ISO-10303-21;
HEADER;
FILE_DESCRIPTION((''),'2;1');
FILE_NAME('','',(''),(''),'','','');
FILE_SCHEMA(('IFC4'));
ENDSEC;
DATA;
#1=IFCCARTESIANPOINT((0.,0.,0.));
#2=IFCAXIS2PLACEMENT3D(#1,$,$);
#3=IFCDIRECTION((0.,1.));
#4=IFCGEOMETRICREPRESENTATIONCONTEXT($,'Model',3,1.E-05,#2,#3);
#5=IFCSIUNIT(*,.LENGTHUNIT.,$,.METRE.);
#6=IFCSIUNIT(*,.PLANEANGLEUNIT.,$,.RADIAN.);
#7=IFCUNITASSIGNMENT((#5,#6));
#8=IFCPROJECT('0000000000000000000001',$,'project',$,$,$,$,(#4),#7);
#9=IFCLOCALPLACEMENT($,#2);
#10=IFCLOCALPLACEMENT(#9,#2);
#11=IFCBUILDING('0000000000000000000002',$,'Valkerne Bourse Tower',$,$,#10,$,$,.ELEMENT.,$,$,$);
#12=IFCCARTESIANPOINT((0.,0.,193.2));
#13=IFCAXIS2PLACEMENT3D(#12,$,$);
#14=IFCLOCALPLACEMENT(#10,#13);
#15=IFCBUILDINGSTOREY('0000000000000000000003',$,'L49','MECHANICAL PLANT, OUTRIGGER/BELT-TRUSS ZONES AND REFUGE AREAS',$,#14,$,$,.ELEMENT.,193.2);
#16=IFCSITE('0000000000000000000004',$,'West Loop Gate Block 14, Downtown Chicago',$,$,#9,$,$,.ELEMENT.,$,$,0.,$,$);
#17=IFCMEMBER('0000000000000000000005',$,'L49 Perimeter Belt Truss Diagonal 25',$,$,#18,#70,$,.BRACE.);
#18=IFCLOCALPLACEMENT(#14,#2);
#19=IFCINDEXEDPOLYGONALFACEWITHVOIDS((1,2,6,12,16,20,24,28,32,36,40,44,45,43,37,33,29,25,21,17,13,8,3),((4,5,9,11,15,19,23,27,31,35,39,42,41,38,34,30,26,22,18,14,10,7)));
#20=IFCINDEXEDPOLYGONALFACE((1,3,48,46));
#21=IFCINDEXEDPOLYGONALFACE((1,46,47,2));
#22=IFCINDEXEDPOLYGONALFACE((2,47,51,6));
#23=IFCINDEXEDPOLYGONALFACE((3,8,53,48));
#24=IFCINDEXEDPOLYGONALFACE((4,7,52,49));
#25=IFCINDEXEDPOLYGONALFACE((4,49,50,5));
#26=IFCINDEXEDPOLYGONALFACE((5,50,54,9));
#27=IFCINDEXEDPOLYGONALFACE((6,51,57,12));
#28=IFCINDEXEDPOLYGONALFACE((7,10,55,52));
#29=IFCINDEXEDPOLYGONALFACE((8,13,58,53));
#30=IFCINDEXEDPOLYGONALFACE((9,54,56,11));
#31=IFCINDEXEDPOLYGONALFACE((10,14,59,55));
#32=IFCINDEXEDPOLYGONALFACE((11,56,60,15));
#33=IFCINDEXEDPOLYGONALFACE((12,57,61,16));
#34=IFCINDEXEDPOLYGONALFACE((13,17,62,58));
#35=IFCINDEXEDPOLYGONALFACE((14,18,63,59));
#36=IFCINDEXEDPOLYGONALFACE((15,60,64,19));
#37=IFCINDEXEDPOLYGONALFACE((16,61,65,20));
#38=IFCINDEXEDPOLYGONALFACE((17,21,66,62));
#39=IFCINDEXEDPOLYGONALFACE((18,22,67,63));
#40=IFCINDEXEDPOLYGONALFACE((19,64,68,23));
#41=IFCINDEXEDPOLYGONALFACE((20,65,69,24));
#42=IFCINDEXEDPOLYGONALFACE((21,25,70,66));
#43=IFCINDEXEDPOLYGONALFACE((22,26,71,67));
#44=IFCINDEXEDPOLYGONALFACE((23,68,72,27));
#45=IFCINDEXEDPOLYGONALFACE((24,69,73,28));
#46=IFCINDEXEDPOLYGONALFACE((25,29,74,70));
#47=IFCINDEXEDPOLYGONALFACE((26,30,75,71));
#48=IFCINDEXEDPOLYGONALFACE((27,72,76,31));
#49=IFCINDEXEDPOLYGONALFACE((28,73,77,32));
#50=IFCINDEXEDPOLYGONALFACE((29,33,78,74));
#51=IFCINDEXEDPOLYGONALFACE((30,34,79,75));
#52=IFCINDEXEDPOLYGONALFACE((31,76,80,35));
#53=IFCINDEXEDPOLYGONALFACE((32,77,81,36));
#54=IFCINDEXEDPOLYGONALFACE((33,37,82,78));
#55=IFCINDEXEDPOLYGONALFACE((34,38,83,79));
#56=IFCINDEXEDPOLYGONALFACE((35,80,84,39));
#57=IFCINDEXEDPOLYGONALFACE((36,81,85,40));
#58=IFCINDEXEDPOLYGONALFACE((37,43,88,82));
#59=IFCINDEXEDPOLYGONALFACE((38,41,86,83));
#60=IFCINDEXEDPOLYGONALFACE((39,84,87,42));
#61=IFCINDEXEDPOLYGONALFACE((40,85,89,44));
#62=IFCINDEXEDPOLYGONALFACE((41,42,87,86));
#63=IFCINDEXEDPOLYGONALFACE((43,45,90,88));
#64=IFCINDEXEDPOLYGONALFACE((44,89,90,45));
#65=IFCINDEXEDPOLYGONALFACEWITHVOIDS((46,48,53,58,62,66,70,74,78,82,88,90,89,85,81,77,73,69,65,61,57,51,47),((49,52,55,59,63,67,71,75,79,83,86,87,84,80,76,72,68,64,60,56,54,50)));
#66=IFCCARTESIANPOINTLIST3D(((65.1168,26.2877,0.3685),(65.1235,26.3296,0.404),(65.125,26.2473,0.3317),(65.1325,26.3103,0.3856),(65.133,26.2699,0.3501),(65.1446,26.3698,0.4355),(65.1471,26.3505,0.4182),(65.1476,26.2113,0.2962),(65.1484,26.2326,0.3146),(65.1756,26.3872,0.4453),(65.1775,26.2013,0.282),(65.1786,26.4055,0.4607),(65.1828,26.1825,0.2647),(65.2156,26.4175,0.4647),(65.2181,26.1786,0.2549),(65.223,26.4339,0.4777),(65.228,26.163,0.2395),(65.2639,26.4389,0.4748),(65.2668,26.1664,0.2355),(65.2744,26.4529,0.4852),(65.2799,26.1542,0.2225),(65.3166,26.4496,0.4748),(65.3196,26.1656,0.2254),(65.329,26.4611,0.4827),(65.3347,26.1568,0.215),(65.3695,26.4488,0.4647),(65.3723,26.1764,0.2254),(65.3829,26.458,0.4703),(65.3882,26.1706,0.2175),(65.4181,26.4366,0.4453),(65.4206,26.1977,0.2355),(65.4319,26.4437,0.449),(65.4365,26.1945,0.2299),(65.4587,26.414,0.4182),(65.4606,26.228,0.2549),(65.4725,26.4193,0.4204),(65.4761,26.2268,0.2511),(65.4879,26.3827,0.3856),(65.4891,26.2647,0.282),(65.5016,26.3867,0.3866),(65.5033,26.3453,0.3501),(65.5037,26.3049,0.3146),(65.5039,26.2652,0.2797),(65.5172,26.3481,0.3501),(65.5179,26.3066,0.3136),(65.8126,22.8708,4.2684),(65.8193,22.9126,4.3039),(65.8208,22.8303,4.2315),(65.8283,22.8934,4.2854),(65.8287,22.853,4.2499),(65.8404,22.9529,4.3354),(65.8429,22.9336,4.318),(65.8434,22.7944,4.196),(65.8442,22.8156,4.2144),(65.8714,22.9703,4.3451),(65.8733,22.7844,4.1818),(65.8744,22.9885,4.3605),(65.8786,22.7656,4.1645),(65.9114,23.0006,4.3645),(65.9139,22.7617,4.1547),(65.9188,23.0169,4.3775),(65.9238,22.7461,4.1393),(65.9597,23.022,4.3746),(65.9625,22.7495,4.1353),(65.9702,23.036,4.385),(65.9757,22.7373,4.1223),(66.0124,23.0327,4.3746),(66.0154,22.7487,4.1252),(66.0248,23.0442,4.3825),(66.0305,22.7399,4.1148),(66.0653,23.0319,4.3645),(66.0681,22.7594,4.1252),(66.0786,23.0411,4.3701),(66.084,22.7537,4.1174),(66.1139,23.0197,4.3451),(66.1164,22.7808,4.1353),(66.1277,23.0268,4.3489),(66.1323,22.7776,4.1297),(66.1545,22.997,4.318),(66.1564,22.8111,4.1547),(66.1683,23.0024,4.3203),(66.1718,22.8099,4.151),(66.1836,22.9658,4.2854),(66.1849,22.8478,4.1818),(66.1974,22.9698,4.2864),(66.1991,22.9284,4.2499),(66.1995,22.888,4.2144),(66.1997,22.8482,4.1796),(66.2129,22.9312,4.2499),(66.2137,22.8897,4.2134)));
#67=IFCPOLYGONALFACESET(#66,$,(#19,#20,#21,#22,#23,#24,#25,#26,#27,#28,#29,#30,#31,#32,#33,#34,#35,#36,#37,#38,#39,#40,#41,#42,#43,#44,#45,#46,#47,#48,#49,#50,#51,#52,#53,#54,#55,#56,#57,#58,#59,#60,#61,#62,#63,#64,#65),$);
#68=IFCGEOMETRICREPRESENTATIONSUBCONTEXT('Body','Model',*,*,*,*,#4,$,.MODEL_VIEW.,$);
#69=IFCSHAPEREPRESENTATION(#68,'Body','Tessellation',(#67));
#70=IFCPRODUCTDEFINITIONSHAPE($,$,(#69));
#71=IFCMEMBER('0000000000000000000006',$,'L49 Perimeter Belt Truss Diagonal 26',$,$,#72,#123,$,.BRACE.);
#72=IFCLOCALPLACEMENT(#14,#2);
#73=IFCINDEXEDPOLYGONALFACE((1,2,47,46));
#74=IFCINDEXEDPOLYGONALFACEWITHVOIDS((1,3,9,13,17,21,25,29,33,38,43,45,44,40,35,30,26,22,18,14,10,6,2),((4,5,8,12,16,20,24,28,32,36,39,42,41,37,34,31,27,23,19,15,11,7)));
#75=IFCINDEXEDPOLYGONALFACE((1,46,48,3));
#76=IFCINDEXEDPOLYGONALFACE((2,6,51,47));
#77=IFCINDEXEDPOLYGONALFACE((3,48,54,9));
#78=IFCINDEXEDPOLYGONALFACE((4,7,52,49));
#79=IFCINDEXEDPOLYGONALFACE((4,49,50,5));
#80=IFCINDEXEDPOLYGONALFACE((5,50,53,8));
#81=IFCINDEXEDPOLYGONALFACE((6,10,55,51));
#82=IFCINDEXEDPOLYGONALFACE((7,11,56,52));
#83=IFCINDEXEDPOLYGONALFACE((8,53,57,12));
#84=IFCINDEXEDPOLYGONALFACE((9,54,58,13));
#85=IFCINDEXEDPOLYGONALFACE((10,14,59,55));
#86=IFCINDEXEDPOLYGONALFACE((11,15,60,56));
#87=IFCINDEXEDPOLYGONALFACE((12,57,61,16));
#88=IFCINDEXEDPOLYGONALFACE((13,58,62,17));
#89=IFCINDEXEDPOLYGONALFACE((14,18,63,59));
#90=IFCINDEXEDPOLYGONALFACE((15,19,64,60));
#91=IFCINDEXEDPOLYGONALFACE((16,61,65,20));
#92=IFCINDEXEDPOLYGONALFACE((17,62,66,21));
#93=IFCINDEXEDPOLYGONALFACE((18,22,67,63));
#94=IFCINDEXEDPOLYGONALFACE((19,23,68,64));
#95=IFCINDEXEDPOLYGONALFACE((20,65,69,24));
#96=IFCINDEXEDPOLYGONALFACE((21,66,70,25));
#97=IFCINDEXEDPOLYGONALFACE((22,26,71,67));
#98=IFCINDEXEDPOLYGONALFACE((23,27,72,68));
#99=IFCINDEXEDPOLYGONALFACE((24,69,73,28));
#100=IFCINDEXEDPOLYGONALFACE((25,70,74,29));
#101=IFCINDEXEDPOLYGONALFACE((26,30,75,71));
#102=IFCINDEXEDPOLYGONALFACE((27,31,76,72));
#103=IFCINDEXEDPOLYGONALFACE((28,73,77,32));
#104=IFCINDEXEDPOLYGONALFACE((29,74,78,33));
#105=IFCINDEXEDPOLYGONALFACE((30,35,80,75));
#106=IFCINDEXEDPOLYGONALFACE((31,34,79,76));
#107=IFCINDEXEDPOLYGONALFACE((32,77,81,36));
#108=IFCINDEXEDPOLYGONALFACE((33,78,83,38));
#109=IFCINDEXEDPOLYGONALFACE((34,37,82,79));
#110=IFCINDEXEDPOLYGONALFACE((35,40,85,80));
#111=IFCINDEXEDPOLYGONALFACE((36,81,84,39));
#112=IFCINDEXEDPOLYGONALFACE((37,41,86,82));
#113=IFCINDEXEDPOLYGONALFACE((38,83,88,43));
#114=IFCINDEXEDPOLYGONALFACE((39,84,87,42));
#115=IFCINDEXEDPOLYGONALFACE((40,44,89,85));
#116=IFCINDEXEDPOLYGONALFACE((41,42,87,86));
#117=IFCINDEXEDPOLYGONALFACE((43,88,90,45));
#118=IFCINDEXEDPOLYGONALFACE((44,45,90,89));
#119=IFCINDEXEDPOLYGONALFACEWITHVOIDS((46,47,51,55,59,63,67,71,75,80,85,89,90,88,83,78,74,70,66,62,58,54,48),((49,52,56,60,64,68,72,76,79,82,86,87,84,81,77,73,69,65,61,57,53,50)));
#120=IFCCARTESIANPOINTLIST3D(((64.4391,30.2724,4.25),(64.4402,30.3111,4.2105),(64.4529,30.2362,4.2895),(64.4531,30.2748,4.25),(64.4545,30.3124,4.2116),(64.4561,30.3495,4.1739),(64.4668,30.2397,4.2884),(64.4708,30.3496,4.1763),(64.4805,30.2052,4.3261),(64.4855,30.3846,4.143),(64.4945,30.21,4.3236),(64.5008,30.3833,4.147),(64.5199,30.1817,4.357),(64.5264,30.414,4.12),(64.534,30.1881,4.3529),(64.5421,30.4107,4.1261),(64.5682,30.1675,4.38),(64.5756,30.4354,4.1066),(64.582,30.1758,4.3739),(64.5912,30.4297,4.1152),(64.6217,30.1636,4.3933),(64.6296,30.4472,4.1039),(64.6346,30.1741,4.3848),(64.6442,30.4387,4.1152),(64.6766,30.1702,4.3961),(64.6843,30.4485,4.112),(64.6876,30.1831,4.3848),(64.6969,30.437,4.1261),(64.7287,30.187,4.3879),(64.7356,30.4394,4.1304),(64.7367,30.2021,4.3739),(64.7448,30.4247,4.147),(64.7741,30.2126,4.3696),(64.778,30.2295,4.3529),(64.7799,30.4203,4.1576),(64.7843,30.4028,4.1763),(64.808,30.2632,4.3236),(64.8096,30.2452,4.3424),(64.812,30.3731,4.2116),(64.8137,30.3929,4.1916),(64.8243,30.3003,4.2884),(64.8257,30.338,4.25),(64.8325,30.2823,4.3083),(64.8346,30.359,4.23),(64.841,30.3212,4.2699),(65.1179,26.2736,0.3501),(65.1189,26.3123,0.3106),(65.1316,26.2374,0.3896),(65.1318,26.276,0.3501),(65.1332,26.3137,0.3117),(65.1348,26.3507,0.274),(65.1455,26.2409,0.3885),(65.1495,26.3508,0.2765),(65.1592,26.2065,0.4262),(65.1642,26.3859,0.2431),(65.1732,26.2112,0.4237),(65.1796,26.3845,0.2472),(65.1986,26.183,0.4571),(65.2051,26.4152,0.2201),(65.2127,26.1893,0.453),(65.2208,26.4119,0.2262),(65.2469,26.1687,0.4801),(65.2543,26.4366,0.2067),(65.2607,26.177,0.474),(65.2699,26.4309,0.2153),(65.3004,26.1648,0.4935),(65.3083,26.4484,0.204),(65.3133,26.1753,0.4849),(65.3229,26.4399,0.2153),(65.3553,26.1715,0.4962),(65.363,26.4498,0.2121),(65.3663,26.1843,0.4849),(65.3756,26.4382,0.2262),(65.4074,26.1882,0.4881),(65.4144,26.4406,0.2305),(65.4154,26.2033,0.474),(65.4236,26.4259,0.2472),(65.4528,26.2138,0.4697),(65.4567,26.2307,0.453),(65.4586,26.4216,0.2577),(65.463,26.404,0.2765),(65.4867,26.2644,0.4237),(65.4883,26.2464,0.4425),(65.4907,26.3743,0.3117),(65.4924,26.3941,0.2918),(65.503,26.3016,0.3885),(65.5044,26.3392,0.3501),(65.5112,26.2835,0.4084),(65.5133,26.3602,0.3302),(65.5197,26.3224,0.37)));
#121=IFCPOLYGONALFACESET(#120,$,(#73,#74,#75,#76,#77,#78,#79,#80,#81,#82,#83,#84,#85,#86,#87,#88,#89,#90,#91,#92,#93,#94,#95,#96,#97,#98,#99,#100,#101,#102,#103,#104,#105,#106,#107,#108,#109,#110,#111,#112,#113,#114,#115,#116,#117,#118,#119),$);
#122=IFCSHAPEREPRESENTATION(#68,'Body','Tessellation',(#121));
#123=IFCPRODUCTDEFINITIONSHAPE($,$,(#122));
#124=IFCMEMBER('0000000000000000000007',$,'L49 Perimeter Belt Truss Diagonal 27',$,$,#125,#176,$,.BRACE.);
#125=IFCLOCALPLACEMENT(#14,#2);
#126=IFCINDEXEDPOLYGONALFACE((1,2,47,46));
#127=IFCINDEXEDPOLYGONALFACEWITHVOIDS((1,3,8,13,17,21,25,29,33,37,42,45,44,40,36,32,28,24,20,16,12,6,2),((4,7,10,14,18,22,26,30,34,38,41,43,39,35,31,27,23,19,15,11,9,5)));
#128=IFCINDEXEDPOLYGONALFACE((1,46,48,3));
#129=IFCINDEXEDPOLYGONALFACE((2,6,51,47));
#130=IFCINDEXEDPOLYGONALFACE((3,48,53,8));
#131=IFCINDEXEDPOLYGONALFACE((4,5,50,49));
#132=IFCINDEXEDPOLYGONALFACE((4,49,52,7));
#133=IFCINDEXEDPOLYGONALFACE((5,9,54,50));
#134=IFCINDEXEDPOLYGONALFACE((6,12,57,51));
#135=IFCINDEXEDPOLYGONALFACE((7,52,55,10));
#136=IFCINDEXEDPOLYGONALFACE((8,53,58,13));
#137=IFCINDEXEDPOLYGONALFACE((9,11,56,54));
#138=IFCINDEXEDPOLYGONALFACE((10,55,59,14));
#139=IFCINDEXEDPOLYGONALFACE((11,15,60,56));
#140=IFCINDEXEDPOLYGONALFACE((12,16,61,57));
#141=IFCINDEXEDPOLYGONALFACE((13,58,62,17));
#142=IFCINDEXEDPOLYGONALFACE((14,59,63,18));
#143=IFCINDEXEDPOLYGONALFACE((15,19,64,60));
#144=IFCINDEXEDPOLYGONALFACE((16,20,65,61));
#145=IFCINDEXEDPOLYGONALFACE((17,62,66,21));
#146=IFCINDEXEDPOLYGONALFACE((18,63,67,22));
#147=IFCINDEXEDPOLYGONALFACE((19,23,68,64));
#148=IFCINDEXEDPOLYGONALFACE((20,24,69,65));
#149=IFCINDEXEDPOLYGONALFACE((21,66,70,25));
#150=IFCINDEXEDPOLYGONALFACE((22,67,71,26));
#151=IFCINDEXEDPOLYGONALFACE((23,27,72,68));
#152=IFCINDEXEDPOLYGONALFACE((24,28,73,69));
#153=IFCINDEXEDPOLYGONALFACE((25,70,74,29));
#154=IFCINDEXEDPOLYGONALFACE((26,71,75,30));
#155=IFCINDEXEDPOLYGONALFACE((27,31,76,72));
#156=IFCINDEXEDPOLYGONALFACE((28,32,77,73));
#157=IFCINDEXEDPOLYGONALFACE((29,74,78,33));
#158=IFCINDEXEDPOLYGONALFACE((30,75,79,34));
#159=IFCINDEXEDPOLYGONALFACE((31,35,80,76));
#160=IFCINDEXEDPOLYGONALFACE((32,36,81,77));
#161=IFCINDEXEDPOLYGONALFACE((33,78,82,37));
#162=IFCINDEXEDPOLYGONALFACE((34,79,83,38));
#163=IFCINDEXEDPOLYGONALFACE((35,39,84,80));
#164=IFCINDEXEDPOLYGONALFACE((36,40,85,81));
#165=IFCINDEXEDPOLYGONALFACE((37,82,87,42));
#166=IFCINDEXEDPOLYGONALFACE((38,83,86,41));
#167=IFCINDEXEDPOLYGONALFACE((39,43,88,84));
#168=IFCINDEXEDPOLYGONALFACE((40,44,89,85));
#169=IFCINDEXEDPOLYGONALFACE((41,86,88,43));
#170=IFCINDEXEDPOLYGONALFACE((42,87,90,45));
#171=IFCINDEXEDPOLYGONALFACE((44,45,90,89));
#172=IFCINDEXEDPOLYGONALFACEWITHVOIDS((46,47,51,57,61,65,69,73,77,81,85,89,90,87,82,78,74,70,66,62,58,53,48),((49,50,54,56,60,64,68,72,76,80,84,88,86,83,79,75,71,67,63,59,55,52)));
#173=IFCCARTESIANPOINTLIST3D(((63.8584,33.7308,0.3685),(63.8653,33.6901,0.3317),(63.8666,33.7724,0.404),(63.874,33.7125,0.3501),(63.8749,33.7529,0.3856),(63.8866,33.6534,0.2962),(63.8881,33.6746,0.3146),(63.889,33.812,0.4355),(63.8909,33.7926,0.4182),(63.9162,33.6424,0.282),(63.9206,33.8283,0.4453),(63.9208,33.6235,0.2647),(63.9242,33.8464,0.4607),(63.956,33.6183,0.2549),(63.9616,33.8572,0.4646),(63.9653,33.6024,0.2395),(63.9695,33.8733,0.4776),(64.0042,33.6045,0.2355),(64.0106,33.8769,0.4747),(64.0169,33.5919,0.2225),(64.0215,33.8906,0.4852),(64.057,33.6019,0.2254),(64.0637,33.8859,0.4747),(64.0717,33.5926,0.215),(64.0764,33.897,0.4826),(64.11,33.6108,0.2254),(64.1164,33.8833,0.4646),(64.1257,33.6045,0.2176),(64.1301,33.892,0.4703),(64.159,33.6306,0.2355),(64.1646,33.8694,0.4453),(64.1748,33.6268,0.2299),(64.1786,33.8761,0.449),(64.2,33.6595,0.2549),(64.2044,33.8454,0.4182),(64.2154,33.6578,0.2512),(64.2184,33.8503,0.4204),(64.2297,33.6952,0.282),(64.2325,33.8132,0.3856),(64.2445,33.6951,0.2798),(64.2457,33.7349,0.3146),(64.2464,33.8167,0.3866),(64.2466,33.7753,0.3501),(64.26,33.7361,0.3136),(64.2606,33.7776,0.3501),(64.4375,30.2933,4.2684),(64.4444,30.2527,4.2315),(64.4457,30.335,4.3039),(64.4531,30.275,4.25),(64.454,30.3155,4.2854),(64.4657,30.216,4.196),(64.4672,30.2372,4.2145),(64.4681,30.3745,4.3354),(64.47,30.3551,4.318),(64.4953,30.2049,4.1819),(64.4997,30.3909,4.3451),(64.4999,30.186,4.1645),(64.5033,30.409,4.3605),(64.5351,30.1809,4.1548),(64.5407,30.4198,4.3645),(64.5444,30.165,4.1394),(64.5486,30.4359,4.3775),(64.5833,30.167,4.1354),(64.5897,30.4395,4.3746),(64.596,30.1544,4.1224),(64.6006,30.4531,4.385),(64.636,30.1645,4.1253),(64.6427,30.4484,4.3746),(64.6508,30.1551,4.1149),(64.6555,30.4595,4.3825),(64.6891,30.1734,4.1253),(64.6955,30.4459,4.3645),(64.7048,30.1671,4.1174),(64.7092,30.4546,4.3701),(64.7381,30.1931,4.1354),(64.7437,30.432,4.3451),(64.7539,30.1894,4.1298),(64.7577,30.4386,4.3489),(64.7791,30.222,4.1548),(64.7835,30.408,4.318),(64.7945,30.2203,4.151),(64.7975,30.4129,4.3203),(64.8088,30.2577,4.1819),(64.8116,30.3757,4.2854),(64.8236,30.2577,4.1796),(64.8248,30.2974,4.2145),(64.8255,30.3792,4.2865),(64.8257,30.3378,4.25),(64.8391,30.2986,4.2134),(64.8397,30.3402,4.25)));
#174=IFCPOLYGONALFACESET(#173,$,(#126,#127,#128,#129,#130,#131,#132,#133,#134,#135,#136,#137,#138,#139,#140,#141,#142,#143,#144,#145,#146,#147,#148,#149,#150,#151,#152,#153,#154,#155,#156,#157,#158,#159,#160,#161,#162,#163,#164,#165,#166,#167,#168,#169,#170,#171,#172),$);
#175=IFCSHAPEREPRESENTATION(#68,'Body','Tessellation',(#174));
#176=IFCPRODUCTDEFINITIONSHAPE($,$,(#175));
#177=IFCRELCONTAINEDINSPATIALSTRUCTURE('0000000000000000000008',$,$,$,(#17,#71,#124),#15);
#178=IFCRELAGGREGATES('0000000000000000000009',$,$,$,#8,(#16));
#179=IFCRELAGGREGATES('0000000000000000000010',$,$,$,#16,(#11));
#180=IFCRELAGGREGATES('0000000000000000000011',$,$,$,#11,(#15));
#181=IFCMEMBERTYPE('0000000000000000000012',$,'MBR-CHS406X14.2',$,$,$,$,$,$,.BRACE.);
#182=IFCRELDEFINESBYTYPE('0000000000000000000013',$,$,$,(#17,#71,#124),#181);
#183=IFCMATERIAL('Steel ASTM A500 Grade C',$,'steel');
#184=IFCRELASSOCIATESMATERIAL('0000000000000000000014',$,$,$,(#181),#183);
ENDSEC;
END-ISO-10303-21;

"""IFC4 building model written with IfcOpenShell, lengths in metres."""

from ifc_helpers import new_model, si_unit, direction, frame, origin, origin_2d, place, context, subcontext, project, spatial, hollow_circle, extrude, material, material_profile, profile_set, type_object, element, save


model = new_model("IFC4")

# Units and contexts
model_context = context("Model", 3, precision=1e-05, world=origin(), true_north=direction((0.0, 1.0)))
body_context = subcontext(model_context, "Body", "Model", "MODEL_VIEW")
ifc_project = project(units=[si_unit("LENGTHUNIT", "METRE"), si_unit("PLANEANGLEUNIT", "RADIAN")], contexts=[model_context])

# Site, building, storey
site_placement = place(None, origin())
site = spatial("IfcSite", under=ifc_project, at=site_placement, Name="West Loop Gate Block 14, Downtown Chicago", CompositionType="ELEMENT", RefElevation=0.0)
building_placement = place(site_placement, origin())
building = spatial("IfcBuilding", under=site, at=building_placement, Name="Valkerne Bourse Tower", CompositionType="ELEMENT")
storey_placement = place(building_placement, frame((0.0, 0.0, 193.2)))
storey = spatial("IfcBuildingStorey", under=building, at=storey_placement, Name="L49", Description="MECHANICAL PLANT, OUTRIGGER/BELT-TRUSS ZONES AND REFUGE AREAS", CompositionType="ELEMENT", Elevation=193.2)

# Members
ifc_material_1 = material(Name="Steel ASTM A500 Grade C", Category="steel")
ifc_material_profile_1 = material_profile(ifc_material_1, hollow_circle(Radius=0.2031, WallThickness=0.0142, at=origin_2d()), Name="CHS406X14.2")
ifc_profile_set_1 = profile_set([ifc_material_profile_1], Name="Steel ASTM A500 Grade C")
member_type_1 = type_object("IfcMemberType", Name="MBR-CHS406X14.2", PredefinedType="BRACE", material=ifc_profile_set_1)
member_1_placement = place(storey_placement, frame((65.3181, 26.3076, 0.3501), z_axis=(0.133001, -0.65315, 0.745457), x_axis=(0.979891, 0.199535, 0.0)))
element("IfcMember", 1, at=member_1_placement, inside=storey, type_object=member_type_1, Name="L49 Perimeter Belt Truss Diagonal 25", PredefinedType="BRACE", context=body_context, shape_type="SweptSolid", body=[
    extrude(hollow_circle(Radius=0.2031, WallThickness=0.0142, at=origin_2d()), origin(), (0.0, 0.0, 1.0), 5.2314),
])
member_2_placement = place(storey_placement, frame((65.3181, 26.3076, 0.3501), z_axis=(-0.120623, 0.710675, 0.693102), x_axis=(-0.9859, -0.167336, 0.0)))
element("IfcMember", 2, at=member_2_placement, inside=storey, type_object=member_type_1, Name="L49 Perimeter Belt Truss Diagonal 26", PredefinedType="BRACE", context=body_context, shape_type="SweptSolid", body=[
    extrude(hollow_circle(Radius=0.2031, WallThickness=0.0142, at=origin_2d()), origin(), (0.0, 0.0, 1.0), 5.6267),
])
member_3_placement = place(storey_placement, frame((64.0603, 33.7439, 0.3501), z_axis=(0.11071, -0.657168, 0.745569), x_axis=(0.986105, 0.166125, 0.0)))
element("IfcMember", 3, at=member_3_placement, inside=storey, type_object=member_type_1, Name="L49 Perimeter Belt Truss Diagonal 27", PredefinedType="BRACE", context=body_context, shape_type="SweptSolid", body=[
    extrude(hollow_circle(Radius=0.2031, WallThickness=0.0142, at=origin_2d()), origin(), (0.0, 0.0, 1.0), 5.2307),
])

save(model, "model.ifc")
